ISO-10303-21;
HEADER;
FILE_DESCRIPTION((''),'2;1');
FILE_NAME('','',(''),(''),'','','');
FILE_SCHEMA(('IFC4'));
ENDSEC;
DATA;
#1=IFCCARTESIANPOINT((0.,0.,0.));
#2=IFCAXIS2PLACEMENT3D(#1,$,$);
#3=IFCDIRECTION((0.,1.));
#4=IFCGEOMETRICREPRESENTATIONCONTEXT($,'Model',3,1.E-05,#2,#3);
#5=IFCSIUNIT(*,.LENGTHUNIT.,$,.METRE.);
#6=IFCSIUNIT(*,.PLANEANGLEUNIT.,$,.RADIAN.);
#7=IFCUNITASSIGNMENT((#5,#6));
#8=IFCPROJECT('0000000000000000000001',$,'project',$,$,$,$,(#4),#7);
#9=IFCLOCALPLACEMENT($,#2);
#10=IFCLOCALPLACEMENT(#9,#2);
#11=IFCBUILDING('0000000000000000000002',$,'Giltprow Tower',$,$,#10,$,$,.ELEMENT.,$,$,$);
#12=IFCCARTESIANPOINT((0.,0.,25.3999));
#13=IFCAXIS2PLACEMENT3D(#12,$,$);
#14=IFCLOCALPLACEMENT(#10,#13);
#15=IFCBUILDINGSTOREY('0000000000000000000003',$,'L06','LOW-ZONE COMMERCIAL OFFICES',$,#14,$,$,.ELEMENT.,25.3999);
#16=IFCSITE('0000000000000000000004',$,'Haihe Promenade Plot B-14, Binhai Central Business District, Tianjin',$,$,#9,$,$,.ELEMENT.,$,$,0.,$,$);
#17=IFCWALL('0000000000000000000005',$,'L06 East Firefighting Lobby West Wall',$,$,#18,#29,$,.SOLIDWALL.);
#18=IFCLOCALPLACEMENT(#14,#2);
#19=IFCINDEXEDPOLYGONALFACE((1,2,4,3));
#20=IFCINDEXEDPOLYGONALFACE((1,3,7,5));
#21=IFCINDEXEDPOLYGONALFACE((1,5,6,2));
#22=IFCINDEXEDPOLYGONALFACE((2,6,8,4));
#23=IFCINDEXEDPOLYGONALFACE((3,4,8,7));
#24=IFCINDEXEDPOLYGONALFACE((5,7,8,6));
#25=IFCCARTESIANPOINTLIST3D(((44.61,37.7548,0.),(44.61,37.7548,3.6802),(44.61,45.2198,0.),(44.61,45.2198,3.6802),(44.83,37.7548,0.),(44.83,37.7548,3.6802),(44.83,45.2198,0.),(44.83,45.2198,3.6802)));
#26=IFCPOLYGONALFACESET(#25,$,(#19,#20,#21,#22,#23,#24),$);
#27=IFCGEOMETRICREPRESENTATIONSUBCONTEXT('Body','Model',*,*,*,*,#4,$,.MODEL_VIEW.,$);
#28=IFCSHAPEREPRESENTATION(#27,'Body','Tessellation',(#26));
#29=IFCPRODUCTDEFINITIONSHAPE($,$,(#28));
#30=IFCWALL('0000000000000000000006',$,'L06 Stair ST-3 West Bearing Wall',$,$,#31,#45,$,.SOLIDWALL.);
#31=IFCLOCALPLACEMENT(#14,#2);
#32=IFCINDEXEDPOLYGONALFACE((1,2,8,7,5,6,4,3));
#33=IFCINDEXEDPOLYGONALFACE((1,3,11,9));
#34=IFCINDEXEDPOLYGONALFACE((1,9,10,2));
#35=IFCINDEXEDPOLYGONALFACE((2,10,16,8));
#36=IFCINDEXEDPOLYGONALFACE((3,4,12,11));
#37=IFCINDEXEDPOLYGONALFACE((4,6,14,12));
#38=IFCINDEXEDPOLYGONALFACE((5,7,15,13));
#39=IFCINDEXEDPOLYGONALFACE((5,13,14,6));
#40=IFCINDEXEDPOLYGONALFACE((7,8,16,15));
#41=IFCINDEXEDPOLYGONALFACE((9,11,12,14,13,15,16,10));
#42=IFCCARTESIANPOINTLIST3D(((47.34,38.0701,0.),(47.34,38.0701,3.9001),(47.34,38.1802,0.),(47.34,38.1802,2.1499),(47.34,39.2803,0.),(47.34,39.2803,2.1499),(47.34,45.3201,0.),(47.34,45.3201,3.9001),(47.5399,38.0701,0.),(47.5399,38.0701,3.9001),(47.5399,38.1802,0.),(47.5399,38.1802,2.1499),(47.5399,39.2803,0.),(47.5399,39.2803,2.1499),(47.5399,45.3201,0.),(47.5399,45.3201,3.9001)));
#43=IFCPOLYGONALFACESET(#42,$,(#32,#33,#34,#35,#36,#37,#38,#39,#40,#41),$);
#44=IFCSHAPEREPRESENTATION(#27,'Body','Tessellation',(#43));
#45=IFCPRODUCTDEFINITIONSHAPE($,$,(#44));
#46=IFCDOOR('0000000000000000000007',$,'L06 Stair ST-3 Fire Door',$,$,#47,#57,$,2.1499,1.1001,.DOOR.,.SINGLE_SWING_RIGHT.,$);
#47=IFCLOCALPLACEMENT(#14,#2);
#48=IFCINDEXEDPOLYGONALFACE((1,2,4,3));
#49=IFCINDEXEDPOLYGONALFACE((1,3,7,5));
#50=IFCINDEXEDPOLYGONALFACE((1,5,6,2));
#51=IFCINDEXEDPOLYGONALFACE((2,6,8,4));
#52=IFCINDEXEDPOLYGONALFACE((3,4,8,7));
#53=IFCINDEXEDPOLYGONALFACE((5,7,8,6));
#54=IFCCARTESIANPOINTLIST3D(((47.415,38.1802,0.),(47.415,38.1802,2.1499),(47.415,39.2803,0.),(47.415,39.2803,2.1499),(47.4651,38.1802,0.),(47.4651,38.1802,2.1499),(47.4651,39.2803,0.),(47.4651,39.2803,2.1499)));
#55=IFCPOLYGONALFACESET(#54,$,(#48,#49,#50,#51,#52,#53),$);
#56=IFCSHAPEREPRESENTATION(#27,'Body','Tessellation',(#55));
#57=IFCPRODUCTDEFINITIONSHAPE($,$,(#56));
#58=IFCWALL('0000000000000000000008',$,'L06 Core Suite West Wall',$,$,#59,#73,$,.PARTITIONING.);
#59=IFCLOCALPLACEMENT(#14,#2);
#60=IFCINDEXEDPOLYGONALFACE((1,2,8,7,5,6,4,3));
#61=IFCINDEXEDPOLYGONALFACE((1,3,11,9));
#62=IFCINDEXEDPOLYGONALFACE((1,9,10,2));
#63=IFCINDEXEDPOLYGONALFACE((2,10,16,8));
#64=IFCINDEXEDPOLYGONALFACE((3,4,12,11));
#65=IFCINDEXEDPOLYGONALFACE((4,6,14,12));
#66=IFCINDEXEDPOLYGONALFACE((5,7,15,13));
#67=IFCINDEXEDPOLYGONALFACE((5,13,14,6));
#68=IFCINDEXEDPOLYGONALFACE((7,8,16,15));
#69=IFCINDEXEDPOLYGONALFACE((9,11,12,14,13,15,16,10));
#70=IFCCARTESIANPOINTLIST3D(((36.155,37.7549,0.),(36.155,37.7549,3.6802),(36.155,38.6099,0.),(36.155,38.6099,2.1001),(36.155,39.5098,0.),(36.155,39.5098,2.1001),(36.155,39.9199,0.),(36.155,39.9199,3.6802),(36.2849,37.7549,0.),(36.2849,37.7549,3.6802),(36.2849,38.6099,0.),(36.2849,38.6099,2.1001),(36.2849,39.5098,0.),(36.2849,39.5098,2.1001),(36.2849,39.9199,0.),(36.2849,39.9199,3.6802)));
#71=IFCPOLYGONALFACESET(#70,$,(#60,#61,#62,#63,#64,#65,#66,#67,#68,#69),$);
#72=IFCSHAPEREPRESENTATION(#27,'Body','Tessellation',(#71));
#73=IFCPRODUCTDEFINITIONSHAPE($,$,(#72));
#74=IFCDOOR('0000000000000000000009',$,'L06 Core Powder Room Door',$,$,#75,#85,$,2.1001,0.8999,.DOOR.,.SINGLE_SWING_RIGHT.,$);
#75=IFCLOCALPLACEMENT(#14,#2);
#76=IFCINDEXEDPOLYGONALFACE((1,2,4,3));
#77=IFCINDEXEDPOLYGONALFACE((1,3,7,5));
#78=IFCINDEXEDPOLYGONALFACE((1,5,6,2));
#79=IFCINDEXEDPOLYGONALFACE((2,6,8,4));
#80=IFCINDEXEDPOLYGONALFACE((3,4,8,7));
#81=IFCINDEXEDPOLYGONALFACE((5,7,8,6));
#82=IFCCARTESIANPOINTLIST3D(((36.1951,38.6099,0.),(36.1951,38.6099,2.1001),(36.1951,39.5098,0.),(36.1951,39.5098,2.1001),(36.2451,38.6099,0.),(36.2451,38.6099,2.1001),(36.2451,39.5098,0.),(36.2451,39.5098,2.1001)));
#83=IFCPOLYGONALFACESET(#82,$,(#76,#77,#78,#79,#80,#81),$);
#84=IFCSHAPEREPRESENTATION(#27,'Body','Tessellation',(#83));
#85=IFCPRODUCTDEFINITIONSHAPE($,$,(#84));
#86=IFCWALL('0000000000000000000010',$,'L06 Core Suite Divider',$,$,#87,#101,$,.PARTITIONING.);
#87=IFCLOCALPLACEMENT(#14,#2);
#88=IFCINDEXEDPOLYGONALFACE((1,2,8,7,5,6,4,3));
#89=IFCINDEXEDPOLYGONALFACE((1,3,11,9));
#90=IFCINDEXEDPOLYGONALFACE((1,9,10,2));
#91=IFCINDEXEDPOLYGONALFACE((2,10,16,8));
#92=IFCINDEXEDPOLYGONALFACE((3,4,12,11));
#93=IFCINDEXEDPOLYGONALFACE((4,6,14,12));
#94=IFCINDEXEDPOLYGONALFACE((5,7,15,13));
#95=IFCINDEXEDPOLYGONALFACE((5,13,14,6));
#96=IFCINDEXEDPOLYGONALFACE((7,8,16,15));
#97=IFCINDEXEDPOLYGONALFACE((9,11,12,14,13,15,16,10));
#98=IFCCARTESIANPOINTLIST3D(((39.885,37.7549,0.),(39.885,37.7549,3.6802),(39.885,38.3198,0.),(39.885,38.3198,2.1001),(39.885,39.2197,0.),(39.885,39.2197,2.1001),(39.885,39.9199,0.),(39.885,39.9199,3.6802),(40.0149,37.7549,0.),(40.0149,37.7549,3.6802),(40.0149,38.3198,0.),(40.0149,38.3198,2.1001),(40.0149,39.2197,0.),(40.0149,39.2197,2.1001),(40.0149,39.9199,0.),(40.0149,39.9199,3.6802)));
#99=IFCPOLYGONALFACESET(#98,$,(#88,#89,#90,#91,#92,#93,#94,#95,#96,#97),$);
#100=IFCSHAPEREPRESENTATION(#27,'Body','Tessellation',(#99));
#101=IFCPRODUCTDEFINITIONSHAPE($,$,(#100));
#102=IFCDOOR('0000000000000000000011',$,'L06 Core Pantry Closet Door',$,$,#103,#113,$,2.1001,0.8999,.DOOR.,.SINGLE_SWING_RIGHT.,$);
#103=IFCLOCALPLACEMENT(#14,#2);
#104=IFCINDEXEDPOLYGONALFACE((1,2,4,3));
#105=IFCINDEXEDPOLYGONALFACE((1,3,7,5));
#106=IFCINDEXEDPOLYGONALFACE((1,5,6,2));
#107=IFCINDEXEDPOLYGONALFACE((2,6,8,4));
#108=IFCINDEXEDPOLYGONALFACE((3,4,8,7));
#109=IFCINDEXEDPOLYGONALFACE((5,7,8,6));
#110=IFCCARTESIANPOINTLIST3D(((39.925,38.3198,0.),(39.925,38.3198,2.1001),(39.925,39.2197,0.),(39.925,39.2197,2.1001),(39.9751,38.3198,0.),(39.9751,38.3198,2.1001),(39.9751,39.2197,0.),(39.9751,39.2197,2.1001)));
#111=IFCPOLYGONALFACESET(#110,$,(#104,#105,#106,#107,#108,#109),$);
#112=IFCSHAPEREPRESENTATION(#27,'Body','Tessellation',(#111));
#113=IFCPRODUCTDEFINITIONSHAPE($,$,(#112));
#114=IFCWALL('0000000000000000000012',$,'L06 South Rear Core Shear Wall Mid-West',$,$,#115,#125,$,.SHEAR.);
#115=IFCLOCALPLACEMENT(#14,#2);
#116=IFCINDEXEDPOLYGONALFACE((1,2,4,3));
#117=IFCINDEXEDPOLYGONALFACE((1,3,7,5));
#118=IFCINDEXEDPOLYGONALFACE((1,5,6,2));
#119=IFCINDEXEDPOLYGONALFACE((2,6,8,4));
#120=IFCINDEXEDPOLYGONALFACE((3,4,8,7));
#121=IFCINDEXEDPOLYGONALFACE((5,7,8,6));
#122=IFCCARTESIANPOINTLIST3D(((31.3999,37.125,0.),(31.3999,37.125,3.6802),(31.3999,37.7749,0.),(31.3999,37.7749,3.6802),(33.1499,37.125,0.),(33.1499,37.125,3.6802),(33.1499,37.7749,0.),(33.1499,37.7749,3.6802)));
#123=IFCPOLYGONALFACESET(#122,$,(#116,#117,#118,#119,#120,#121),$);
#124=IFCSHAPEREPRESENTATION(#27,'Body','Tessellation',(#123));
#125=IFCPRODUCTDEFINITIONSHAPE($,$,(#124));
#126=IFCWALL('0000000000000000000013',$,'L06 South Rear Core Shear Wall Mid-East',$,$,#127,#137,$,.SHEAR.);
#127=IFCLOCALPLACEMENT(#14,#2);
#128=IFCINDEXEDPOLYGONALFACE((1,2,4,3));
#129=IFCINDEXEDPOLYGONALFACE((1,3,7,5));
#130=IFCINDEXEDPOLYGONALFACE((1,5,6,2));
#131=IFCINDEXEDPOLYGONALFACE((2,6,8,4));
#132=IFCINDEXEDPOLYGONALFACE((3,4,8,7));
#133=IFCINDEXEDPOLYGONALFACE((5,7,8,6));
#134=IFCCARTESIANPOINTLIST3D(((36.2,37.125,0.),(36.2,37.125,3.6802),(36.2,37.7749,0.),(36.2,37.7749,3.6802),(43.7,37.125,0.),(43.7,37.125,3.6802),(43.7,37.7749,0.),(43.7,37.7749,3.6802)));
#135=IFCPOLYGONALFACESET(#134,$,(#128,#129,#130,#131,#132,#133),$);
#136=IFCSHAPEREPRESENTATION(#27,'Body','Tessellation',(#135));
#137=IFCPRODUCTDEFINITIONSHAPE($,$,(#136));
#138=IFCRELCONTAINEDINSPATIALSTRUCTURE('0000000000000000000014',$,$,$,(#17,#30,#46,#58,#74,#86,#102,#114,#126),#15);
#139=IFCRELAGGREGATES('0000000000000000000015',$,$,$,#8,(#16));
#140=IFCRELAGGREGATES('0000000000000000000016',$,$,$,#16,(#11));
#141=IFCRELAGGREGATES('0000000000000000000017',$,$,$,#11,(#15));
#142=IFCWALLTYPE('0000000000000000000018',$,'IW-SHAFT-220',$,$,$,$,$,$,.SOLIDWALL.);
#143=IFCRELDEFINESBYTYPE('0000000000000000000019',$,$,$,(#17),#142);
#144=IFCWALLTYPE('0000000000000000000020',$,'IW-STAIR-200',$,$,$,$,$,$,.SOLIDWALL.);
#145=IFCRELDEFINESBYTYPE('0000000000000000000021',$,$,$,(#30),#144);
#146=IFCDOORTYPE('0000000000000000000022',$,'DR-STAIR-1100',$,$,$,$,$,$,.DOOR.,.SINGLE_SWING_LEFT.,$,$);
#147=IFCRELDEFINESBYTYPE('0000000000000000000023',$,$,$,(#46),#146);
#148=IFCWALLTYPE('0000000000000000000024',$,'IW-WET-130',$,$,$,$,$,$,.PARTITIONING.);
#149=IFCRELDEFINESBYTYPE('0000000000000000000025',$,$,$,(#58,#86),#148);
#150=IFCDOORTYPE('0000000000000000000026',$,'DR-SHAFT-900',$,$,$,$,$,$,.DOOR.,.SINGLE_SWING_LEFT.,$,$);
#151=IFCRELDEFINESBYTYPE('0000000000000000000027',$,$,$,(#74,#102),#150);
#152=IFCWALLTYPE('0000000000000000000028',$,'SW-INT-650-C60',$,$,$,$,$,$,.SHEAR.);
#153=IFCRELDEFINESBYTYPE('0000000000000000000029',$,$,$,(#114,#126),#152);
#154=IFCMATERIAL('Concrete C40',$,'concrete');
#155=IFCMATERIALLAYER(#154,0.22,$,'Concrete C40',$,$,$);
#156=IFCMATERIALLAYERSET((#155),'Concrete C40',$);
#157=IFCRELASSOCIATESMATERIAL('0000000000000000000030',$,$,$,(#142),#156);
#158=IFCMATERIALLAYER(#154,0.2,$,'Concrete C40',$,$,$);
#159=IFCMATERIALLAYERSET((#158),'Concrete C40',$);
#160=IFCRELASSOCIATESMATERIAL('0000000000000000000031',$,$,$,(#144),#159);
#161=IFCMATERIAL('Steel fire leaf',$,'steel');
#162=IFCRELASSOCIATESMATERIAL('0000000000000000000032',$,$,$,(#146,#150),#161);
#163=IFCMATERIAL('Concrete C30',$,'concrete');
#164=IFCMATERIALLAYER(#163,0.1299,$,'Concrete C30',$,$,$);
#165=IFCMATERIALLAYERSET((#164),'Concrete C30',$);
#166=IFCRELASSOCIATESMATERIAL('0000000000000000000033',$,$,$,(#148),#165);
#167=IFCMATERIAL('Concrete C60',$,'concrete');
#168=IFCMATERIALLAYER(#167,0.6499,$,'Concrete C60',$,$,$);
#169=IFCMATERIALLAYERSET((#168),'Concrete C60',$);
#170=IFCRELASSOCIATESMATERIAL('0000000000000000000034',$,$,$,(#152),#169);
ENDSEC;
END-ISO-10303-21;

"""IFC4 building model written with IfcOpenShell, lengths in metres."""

from ifc_helpers import new_model, si_unit, direction, frame, frame_2d, origin, place, context, subcontext, project, spatial, rectangle, extrude, source, transform, mapped, material, layer, layer_set, type_object, element, fill, save


model = new_model("IFC4")

# Units and contexts
model_context = context("Model", 3, precision=1e-05, world=origin(), true_north=direction((0.0, 1.0)))
body_context = subcontext(model_context, "Body", "Model", "MODEL_VIEW")
ifc_project = project(units=[si_unit("LENGTHUNIT", "METRE"), si_unit("PLANEANGLEUNIT", "RADIAN")], contexts=[model_context])

# Site, building, storey
site_placement = place(None, origin())
site = spatial("IfcSite", under=ifc_project, at=site_placement, Name="Haihe Promenade Plot B-14, Binhai Central Business District, Tianjin", CompositionType="ELEMENT", RefElevation=0.0)
building_placement = place(site_placement, origin())
building = spatial("IfcBuilding", under=site, at=building_placement, Name="Giltprow Tower", CompositionType="ELEMENT")
storey_placement = place(building_placement, frame((0.0, 0.0, 25.3999)))
storey = spatial("IfcBuildingStorey", under=building, at=storey_placement, Name="L06", Description="LOW-ZONE COMMERCIAL OFFICES", CompositionType="ELEMENT", Elevation=25.3999)

# Shared definitions
ifc_material_1 = material(Name="Concrete C60", Category="concrete")

# Wall
ifc_material_2 = material(Name="Concrete C40", Category="concrete")
ifc_layer_1 = layer(ifc_material_2, 0.22, Name="Concrete C40")
ifc_layer_set_1 = layer_set([ifc_layer_1], Name="Concrete C40")
wall_type_1 = type_object("IfcWallType", Name="IW-SHAFT-220", PredefinedType="SOLIDWALL", material=ifc_layer_set_1)
wall_1_placement = place(storey_placement, frame((44.72, 37.7549, 0.0), z_axis=(0.0, 0.0, 1.0), x_axis=(0.0, 1.0, 0.0)))
element("IfcWall", 1, at=wall_1_placement, inside=storey, type_object=wall_type_1, Name="L06 East Firefighting Lobby West Wall", PredefinedType="SOLIDWALL", context=body_context, shape_type="SweptSolid", body=[
    extrude(rectangle(XDim=7.4651, YDim=0.22, at=frame_2d((3.7324, 0.0))), origin(), (0.0, 0.0, 1.0), 3.6802),
])

# Walls, openings, doors
ifc_layer_2 = layer(ifc_material_2, 0.2, Name="Concrete C40")
ifc_layer_set_2 = layer_set([ifc_layer_2], Name="Concrete C40")
wall_type_2 = type_object("IfcWallType", Name="IW-STAIR-200", PredefinedType="SOLIDWALL", material=ifc_layer_set_2)
wall_2_placement = place(storey_placement, frame((47.4399, 38.0701, 0.0), z_axis=(0.0, 0.0, 1.0), x_axis=(0.0, 1.0, 0.0)))
wall_2 = element("IfcWall", 2, at=wall_2_placement, inside=storey, type_object=wall_type_2, Name="L06 Stair ST-3 West Bearing Wall", PredefinedType="SOLIDWALL", context=body_context, shape_type="SweptSolid", body=[
    extrude(rectangle(XDim=7.25, YDim=0.2, at=frame_2d((3.625, 0.0))), origin(), (0.0, 0.0, 1.0), 3.9001),
])
opening_1_placement = place(wall_2_placement, frame((0.1101, 0.0, 0.0)))
opening_1 = element("IfcOpeningElement", 3, at=opening_1_placement, cuts=wall_2, PredefinedType="OPENING", context=body_context, shape_type="SweptSolid", body=[
    extrude(rectangle(XDim=1.1001, YDim=2.1499, at=frame_2d((0.55, 1.075))), frame((0.0, 0.1099, 0.0), z_axis=(0.0, -1.0, 0.0), x_axis=(1.0, 0.0, 0.0)), (0.0, 0.0, 1.0), 0.22),
])
ifc_material_3 = material(Name="Steel fire leaf", Category="steel")
door_type_1 = type_object("IfcDoorType", Name="DR-STAIR-1100", OperationType="SINGLE_SWING_LEFT", PredefinedType="DOOR", material=ifc_material_3)
shared_shape_1 = source(origin(), body_context, "Body", "SweptSolid", [
    extrude(rectangle(XDim=1.1001, YDim=2.1499, at=frame_2d((0.55, 1.075))), frame((0.0, 0.0249, 0.0), z_axis=(0.0, -1.0, 0.0), x_axis=(1.0, 0.0, 0.0)), (0.0, 0.0, 1.0), 0.05),
])
door_1_placement = place(opening_1_placement, origin())
door_1 = element("IfcDoor", 4, at=door_1_placement, inside=storey, type_object=door_type_1, Name="L06 Stair ST-3 Fire Door", OperationType="SINGLE_SWING_RIGHT", OverallHeight=2.1499, OverallWidth=1.1001, PredefinedType="DOOR", context=body_context, shape_type="MappedRepresentation", body=[
    mapped(shared_shape_1, transform((0.0, 0.0, 0.0), x_axis=(1.0, 0.0, 0.0), y_axis=(0.0, 1.0, 0.0), z_axis=(0.0, 0.0, 1.0), scale=1.0)),
])
fill(opening_1, door_1)
ifc_material_4 = material(Name="Concrete C30", Category="concrete")
ifc_layer_3 = layer(ifc_material_4, 0.1299, Name="Concrete C30")
ifc_layer_set_3 = layer_set([ifc_layer_3], Name="Concrete C30")
wall_type_3 = type_object("IfcWallType", Name="IW-WET-130", PredefinedType="PARTITIONING", material=ifc_layer_set_3)
wall_3_placement = place(storey_placement, frame((36.22, 37.7549, 0.0), z_axis=(0.0, 0.0, 1.0), x_axis=(0.0, 1.0, 0.0)))
wall_3 = element("IfcWall", 5, at=wall_3_placement, inside=storey, type_object=wall_type_3, Name="L06 Core Suite West Wall", PredefinedType="PARTITIONING", context=body_context, shape_type="SweptSolid", body=[
    extrude(rectangle(XDim=2.165, YDim=0.1299, at=frame_2d((1.0825, 0.0))), origin(), (0.0, 0.0, 1.0), 3.6802),
])
opening_2_placement = place(wall_3_placement, frame((0.855, 0.0, 0.0)))
opening_2 = element("IfcOpeningElement", 6, at=opening_2_placement, cuts=wall_3, PredefinedType="OPENING", context=body_context, shape_type="SweptSolid", body=[
    extrude(rectangle(XDim=0.8999, YDim=2.1001, at=frame_2d((0.45, 1.05))), frame((0.0, 0.075, 0.0), z_axis=(0.0, -1.0, 0.0), x_axis=(1.0, 0.0, 0.0)), (0.0, 0.0, 1.0), 0.1499),
])
door_type_2 = type_object("IfcDoorType", Name="DR-SHAFT-900", OperationType="SINGLE_SWING_LEFT", PredefinedType="DOOR", material=ifc_material_3)
shared_shape_2 = source(origin(), body_context, "Body", "SweptSolid", [
    extrude(rectangle(XDim=0.8999, YDim=2.1001, at=frame_2d((0.45, 1.05))), frame((0.0, 0.0249, 0.0), z_axis=(0.0, -1.0, 0.0), x_axis=(1.0, 0.0, 0.0)), (0.0, 0.0, 1.0), 0.05),
])
door_2_placement = place(opening_2_placement, origin())
door_2 = element("IfcDoor", 7, at=door_2_placement, inside=storey, type_object=door_type_2, Name="L06 Core Powder Room Door", OperationType="SINGLE_SWING_RIGHT", OverallHeight=2.1001, OverallWidth=0.8999, PredefinedType="DOOR", context=body_context, shape_type="MappedRepresentation", body=[
    mapped(shared_shape_2, transform((0.0, 0.0, 0.0), x_axis=(1.0, 0.0, 0.0), y_axis=(0.0, 1.0, 0.0), z_axis=(0.0, 0.0, 1.0), scale=1.0)),
])
fill(opening_2, door_2)
wall_4_placement = place(storey_placement, frame((39.95, 37.7549, 0.0), z_axis=(0.0, 0.0, 1.0), x_axis=(0.0, 1.0, 0.0)))
wall_4 = element("IfcWall", 8, at=wall_4_placement, inside=storey, type_object=wall_type_3, Name="L06 Core Suite Divider", PredefinedType="PARTITIONING", context=body_context, shape_type="SweptSolid", body=[
    extrude(rectangle(XDim=2.165, YDim=0.1299, at=frame_2d((1.0825, 0.0))), origin(), (0.0, 0.0, 1.0), 3.6802),
])
opening_3_placement = place(wall_4_placement, frame((0.5649, 0.0, 0.0)))
opening_3 = element("IfcOpeningElement", 9, at=opening_3_placement, cuts=wall_4, PredefinedType="OPENING", context=body_context, shape_type="SweptSolid", body=[
    extrude(rectangle(XDim=0.8999, YDim=2.1001, at=frame_2d((0.45, 1.05))), frame((0.0, 0.075, 0.0), z_axis=(0.0, -1.0, 0.0), x_axis=(1.0, 0.0, 0.0)), (0.0, 0.0, 1.0), 0.1499),
])
door_3_placement = place(opening_3_placement, origin())
door_3 = element("IfcDoor", 10, at=door_3_placement, inside=storey, type_object=door_type_2, Name="L06 Core Pantry Closet Door", OperationType="SINGLE_SWING_RIGHT", OverallHeight=2.1001, OverallWidth=0.8999, PredefinedType="DOOR", context=body_context, shape_type="MappedRepresentation", body=[
    mapped(shared_shape_2, transform((0.0, 0.0, 0.0), x_axis=(1.0, 0.0, 0.0), y_axis=(0.0, 1.0, 0.0), z_axis=(0.0, 0.0, 1.0), scale=1.0)),
])
fill(opening_3, door_3)

# Walls
ifc_layer_4 = layer(ifc_material_1, 0.6499, Name="Concrete C60")
ifc_layer_set_4 = layer_set([ifc_layer_4], Name="Concrete C60")
wall_type_4 = type_object("IfcWallType", Name="SW-INT-650-C60", PredefinedType="SHEAR", material=ifc_layer_set_4)
wall_5_placement = place(storey_placement, frame((31.3999, 37.45, 0.0), z_axis=(0.0, 0.0, 1.0), x_axis=(1.0, 0.0, 0.0)))
element("IfcWall", 11, at=wall_5_placement, inside=storey, type_object=wall_type_4, Name="L06 South Rear Core Shear Wall Mid-West", PredefinedType="SHEAR", context=body_context, shape_type="SweptSolid", body=[
    extrude(rectangle(XDim=1.75, YDim=0.6499, at=frame_2d((0.875, 0.0))), origin(), (0.0, 0.0, 1.0), 3.6802),
])
wall_6_placement = place(storey_placement, frame((36.2, 37.45, 0.0), z_axis=(0.0, 0.0, 1.0), x_axis=(1.0, 0.0, 0.0)))
element("IfcWall", 12, at=wall_6_placement, inside=storey, type_object=wall_type_4, Name="L06 South Rear Core Shear Wall Mid-East", PredefinedType="SHEAR", context=body_context, shape_type="SweptSolid", body=[
    extrude(rectangle(XDim=7.5, YDim=0.6499, at=frame_2d((3.75, 0.0))), origin(), (0.0, 0.0, 1.0), 3.6802),
])

save(model, "model.ifc")
